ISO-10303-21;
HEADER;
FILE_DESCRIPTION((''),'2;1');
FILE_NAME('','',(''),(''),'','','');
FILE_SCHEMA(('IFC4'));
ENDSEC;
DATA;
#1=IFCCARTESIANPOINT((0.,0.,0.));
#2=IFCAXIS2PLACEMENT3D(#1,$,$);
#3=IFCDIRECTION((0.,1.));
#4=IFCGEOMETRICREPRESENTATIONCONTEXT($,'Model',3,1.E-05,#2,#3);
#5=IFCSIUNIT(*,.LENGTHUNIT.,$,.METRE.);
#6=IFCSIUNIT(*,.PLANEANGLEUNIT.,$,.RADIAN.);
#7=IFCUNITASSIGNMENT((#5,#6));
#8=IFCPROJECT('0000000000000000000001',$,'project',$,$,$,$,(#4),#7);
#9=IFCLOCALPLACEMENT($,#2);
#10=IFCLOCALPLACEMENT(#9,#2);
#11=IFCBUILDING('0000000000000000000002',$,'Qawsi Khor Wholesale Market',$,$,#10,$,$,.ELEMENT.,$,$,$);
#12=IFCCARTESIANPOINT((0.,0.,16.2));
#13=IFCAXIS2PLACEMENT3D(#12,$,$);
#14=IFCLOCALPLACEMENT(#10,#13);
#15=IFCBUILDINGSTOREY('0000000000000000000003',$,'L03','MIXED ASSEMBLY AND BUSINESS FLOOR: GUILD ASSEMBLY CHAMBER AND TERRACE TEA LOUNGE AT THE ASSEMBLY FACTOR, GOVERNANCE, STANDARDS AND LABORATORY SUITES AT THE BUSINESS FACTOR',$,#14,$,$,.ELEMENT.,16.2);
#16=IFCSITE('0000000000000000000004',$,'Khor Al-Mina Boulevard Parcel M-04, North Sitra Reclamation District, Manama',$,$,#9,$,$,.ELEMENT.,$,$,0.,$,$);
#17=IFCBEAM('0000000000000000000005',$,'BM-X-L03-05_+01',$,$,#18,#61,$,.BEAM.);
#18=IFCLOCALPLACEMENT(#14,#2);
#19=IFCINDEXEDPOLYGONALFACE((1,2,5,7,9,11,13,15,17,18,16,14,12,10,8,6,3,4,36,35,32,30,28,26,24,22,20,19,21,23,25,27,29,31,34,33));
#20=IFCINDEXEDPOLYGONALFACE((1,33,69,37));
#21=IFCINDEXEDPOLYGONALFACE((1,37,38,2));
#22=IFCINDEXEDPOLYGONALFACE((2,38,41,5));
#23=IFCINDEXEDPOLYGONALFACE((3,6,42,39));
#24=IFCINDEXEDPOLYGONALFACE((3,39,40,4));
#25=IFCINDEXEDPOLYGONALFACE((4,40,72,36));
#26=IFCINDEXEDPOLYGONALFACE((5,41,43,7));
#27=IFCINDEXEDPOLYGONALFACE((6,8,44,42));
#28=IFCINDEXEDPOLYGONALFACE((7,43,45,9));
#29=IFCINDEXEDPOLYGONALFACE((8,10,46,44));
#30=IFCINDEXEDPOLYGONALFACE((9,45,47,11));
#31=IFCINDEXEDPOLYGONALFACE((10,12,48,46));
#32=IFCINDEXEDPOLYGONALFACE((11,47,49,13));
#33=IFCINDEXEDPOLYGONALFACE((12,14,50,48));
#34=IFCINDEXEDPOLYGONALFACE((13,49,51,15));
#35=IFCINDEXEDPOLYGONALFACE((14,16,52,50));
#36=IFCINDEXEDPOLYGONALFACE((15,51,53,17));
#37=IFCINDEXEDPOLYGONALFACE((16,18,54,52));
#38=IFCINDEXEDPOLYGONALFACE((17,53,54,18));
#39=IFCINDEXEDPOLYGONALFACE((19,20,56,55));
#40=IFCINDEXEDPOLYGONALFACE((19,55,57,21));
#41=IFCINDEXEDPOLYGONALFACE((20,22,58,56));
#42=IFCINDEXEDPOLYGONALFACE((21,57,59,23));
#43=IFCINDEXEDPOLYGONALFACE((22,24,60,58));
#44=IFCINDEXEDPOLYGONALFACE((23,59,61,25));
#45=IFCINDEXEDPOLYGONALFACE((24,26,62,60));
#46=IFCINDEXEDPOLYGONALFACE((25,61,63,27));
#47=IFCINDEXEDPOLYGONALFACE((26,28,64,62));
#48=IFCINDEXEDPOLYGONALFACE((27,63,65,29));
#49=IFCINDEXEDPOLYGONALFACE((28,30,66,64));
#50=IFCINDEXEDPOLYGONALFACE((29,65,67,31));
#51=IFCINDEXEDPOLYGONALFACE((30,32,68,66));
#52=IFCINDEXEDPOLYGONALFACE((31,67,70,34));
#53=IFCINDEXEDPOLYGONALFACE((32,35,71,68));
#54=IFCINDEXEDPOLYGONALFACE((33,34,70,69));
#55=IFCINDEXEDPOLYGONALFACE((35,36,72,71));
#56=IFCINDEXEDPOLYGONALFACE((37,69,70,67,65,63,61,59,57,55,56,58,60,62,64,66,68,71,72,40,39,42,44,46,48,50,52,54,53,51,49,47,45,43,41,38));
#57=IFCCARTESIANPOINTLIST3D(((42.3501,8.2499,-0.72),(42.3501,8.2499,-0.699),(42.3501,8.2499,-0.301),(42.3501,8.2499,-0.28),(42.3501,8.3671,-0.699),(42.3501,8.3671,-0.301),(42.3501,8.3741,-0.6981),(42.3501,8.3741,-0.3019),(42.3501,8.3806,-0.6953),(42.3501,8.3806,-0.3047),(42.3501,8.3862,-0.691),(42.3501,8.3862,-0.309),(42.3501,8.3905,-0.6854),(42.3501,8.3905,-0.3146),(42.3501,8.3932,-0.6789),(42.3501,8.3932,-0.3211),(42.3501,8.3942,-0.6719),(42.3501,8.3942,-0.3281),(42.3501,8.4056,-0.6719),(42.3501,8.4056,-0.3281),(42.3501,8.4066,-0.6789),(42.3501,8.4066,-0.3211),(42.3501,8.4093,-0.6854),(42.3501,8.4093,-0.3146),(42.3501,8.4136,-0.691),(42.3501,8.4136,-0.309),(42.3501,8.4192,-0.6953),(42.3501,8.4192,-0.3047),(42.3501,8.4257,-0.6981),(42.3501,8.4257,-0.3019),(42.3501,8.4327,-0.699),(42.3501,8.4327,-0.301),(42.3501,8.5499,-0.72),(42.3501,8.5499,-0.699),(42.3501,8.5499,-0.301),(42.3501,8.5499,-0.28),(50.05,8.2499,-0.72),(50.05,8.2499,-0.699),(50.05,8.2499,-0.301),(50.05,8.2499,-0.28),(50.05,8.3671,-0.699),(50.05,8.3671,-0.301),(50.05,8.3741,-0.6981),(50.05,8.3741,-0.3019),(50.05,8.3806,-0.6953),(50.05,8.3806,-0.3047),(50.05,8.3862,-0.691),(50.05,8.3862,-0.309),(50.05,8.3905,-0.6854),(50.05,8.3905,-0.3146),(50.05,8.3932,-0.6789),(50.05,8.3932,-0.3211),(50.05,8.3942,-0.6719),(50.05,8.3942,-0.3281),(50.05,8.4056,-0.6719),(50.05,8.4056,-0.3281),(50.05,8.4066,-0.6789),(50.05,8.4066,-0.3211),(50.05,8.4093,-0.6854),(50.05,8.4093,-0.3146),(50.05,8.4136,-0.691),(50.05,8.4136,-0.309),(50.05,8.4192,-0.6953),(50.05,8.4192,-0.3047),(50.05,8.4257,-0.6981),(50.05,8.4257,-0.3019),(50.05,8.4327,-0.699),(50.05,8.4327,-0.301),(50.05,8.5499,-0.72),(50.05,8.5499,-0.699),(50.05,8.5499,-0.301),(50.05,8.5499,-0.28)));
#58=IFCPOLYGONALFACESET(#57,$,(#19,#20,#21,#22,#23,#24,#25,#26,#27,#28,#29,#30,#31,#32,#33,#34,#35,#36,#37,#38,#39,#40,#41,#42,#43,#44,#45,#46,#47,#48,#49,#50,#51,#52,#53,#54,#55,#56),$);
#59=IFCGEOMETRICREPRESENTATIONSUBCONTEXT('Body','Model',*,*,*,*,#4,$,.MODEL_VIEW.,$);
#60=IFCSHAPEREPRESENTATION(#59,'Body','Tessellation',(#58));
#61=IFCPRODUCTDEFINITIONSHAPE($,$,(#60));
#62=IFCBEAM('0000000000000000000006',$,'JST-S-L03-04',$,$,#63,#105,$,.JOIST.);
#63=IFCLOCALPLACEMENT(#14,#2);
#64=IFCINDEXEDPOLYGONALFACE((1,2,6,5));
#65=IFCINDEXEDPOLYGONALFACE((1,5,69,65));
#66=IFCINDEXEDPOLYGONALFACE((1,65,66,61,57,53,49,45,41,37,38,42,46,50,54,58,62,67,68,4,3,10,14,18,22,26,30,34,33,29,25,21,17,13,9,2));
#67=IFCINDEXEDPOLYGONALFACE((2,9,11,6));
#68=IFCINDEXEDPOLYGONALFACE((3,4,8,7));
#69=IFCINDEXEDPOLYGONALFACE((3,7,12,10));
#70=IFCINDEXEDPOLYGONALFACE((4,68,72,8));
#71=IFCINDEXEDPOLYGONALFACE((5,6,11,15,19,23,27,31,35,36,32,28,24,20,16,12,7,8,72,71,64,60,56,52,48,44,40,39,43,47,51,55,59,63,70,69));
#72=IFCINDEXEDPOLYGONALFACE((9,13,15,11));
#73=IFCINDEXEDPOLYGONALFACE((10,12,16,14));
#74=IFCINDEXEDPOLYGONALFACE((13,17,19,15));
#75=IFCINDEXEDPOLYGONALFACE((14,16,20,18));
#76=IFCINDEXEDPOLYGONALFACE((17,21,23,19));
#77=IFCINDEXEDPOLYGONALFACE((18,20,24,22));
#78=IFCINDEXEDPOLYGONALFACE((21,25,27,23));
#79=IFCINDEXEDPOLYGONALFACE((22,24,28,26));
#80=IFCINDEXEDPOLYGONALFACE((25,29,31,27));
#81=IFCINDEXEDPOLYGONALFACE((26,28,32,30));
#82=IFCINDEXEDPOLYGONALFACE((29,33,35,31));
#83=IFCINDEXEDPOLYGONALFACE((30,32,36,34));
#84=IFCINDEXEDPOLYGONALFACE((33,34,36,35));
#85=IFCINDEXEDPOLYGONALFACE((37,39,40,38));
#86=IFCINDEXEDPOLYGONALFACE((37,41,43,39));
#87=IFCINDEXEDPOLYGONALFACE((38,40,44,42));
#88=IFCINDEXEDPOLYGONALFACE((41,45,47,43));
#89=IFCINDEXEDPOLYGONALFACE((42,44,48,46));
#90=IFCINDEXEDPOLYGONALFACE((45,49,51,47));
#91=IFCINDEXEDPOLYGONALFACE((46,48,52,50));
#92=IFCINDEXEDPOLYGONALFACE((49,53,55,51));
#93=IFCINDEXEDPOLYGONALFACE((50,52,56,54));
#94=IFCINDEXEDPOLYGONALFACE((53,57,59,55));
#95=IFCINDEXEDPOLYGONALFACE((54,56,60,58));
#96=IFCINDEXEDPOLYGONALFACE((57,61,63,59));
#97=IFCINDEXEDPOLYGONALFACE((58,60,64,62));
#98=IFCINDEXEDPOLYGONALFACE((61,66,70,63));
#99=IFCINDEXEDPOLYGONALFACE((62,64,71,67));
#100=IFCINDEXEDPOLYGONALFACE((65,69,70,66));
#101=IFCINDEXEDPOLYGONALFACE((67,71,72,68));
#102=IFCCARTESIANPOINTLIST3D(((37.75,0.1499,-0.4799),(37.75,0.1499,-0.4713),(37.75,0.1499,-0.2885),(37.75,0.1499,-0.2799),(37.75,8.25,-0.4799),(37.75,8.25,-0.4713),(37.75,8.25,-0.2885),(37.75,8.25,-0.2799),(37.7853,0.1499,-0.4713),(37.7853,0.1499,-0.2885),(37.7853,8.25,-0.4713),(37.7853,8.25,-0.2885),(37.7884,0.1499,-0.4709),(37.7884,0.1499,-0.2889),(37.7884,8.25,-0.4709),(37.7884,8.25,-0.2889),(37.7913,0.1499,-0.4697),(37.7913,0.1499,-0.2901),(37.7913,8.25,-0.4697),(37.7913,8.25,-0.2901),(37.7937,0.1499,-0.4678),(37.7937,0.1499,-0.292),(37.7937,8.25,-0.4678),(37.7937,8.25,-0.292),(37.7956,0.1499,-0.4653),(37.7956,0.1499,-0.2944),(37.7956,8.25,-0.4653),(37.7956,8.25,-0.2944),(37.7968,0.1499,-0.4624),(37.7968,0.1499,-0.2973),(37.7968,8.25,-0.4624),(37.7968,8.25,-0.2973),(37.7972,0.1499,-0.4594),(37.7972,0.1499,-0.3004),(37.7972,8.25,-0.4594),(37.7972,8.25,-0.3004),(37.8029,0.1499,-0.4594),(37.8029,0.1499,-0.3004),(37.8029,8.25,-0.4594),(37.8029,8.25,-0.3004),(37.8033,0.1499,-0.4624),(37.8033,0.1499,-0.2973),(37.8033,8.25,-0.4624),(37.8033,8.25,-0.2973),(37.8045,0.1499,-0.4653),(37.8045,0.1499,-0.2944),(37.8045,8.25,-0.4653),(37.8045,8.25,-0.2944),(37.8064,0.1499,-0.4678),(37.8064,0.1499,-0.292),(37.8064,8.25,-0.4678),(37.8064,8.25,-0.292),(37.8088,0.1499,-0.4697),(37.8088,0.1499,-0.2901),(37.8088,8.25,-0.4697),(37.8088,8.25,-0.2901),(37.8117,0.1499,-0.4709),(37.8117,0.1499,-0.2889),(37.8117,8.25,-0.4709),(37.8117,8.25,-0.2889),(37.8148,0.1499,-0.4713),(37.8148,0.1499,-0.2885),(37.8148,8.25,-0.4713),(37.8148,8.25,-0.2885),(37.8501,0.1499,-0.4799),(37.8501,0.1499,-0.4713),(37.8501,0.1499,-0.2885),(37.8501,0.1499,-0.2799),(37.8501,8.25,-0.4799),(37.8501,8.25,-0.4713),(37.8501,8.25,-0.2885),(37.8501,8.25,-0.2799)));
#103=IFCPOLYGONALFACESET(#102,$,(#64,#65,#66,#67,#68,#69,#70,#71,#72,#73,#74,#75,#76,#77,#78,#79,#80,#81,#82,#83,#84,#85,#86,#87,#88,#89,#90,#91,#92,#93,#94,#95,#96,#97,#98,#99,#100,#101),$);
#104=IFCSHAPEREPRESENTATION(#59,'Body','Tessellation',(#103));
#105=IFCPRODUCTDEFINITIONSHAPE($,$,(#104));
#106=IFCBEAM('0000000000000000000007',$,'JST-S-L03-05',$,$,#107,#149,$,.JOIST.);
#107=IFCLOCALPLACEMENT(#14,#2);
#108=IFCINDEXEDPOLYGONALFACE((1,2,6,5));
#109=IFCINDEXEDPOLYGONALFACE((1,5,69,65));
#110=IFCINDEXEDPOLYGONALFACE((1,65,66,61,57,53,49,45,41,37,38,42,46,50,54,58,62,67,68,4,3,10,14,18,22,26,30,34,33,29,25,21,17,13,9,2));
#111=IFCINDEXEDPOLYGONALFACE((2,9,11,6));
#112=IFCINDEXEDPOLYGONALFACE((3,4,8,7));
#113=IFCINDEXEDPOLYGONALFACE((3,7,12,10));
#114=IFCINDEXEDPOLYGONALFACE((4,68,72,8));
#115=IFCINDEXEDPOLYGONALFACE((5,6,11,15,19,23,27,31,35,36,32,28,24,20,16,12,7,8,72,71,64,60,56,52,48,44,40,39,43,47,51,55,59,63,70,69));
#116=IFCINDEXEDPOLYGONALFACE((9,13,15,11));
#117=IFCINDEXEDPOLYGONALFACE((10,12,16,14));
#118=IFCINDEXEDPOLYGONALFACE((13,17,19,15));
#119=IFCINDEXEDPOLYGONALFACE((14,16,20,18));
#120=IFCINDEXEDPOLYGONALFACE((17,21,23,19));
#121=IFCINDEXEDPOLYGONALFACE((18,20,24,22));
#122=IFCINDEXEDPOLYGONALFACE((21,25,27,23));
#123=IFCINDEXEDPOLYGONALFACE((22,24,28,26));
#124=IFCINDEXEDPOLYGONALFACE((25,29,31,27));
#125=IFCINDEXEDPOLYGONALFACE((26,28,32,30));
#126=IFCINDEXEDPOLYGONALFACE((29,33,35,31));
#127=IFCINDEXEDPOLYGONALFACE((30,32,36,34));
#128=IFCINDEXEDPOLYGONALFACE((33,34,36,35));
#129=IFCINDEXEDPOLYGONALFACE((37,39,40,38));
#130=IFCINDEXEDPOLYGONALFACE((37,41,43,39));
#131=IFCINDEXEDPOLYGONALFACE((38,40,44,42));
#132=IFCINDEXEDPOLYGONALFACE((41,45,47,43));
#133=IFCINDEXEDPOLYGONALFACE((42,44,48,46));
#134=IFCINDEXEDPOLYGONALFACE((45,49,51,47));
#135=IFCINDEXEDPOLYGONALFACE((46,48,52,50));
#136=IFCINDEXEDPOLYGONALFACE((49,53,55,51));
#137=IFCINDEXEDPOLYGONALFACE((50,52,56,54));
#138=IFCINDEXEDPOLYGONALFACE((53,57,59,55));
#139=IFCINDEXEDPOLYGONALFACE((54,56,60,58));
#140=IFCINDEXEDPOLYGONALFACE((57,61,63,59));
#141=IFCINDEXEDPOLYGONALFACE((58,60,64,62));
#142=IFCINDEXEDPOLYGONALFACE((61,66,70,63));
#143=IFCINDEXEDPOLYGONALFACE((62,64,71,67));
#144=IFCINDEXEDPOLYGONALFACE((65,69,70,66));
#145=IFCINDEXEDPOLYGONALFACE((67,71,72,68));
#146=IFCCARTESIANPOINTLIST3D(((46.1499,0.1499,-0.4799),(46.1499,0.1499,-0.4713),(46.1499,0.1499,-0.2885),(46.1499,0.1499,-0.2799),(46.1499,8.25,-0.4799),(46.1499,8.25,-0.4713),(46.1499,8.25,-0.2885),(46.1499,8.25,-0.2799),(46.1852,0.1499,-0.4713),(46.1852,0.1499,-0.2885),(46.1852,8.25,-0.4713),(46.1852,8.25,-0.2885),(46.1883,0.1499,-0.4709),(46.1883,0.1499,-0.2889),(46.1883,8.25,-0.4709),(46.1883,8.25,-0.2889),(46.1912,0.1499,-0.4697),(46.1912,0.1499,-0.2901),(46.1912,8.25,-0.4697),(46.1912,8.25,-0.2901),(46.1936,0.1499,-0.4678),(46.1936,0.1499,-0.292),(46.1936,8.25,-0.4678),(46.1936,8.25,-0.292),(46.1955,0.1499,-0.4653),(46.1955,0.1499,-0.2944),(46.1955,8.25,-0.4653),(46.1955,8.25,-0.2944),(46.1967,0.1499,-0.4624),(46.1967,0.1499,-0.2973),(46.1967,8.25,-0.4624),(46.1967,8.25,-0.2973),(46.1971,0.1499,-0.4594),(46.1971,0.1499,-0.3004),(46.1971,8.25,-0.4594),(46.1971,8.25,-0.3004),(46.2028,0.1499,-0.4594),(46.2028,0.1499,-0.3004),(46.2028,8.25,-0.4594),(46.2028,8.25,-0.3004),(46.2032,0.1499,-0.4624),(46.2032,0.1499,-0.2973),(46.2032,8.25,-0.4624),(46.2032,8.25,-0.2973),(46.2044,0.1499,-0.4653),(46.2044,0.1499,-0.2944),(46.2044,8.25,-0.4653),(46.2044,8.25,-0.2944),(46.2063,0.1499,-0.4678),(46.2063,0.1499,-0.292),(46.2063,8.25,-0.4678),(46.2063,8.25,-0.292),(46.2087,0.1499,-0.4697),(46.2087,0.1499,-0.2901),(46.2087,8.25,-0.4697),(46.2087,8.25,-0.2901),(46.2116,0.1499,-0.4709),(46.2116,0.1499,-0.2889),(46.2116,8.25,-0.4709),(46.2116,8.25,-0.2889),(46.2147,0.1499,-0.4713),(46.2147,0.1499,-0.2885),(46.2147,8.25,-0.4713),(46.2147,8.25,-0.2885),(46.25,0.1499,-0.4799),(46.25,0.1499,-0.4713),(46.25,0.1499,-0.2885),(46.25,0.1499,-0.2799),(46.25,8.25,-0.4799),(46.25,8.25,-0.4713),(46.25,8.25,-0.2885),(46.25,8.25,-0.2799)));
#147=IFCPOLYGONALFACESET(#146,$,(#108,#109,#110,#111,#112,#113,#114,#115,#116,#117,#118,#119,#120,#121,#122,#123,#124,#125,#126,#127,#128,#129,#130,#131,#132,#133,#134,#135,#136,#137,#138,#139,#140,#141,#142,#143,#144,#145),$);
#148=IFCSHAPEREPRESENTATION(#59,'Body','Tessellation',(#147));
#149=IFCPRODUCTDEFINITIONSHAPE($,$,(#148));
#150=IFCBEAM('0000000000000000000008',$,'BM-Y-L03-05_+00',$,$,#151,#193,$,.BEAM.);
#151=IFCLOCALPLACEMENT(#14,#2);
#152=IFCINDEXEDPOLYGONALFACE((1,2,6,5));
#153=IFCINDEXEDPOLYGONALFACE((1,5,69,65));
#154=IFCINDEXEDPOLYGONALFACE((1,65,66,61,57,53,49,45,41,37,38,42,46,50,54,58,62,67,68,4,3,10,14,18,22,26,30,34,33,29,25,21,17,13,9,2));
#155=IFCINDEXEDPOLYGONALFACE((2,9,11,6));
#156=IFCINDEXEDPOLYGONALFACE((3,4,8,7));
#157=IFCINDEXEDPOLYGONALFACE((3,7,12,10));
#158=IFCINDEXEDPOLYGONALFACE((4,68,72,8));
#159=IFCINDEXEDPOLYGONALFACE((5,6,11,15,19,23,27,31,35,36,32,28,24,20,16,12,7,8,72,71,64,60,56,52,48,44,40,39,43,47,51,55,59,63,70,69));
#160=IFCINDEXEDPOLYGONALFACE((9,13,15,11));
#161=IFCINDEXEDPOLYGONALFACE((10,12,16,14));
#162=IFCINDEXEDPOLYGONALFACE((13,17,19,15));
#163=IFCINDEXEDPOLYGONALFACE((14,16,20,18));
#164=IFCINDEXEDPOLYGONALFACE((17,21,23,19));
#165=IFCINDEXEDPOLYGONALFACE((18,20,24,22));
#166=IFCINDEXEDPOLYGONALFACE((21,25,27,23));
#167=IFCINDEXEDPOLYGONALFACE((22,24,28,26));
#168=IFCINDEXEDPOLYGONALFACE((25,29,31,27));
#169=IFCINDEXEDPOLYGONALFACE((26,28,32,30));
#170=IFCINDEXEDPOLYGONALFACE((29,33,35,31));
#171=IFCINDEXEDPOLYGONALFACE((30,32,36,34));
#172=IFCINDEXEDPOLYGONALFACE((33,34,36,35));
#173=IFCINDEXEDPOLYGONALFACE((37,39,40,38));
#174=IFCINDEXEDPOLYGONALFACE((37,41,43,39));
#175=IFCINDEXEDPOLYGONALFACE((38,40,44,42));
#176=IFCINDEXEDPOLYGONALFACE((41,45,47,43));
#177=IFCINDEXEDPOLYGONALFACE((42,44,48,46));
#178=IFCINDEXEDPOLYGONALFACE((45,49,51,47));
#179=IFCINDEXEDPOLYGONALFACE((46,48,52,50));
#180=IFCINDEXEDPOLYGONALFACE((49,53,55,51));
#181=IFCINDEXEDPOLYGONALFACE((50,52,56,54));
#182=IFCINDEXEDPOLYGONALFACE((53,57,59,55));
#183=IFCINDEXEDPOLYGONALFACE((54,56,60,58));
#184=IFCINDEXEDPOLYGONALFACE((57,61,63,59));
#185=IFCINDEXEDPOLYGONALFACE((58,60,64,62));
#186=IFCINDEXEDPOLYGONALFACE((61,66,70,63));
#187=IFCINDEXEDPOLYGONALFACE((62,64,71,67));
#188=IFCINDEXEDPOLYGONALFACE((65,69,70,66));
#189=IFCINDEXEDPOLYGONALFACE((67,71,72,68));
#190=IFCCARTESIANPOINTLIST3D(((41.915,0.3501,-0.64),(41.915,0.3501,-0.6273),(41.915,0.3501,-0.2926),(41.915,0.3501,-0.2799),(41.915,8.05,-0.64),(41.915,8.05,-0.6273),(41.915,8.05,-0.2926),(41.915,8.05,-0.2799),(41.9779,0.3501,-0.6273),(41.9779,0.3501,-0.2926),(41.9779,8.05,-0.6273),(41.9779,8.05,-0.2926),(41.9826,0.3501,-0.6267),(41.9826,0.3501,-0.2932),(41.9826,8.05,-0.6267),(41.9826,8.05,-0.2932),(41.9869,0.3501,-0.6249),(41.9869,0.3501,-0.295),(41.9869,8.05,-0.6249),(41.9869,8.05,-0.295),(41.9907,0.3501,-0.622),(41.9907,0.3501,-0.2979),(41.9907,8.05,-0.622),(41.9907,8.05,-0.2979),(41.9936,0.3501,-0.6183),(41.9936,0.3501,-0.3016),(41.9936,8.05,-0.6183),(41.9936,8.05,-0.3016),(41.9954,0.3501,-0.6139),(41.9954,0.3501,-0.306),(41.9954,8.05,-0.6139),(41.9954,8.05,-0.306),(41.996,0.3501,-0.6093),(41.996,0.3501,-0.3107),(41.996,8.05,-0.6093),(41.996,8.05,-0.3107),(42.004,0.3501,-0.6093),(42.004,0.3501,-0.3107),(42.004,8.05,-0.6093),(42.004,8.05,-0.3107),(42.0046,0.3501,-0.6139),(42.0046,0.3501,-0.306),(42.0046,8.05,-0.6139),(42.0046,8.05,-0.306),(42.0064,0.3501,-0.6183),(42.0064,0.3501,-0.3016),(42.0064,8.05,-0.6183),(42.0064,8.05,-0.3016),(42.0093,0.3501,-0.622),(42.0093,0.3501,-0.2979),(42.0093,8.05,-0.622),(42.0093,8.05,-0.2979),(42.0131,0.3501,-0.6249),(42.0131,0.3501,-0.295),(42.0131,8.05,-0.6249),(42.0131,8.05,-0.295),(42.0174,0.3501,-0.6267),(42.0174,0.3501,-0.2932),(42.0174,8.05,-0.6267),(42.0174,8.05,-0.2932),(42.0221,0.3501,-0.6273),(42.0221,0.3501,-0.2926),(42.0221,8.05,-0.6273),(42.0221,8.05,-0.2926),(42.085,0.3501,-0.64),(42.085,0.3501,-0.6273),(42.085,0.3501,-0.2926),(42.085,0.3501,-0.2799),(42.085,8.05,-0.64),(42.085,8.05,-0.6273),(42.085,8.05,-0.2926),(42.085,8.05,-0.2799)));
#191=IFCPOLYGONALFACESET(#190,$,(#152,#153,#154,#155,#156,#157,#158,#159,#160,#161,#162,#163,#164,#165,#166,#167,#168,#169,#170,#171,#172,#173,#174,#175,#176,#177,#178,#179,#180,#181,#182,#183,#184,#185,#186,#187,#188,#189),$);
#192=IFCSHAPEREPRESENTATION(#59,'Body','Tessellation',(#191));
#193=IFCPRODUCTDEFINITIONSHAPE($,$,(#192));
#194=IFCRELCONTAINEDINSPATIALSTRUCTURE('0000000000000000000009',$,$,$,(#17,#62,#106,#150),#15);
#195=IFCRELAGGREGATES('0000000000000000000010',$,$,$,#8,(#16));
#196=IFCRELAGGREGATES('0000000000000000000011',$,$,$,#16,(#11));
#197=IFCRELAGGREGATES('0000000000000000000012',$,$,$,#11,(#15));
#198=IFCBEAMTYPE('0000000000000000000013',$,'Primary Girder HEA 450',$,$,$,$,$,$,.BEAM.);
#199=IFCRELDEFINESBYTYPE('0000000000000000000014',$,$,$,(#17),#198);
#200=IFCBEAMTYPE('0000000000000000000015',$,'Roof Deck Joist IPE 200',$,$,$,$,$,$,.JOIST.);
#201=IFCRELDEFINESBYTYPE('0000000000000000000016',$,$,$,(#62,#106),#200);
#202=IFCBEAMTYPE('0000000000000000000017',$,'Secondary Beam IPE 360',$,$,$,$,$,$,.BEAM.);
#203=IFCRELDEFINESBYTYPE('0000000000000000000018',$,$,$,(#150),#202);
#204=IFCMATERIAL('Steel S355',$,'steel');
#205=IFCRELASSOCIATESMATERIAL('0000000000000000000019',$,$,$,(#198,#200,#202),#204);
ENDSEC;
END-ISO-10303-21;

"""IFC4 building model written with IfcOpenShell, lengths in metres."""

from ifc_helpers import new_model, si_unit, direction, frame, origin, origin_2d, place, context, subcontext, project, spatial, i_section, extrude, material, material_profile, profile_set, type_object, element, save


model = new_model("IFC4")

# Units and contexts
model_context = context("Model", 3, precision=1e-05, world=origin(), true_north=direction((0.0, 1.0)))
body_context = subcontext(model_context, "Body", "Model", "MODEL_VIEW")
ifc_project = project(units=[si_unit("LENGTHUNIT", "METRE"), si_unit("PLANEANGLEUNIT", "RADIAN")], contexts=[model_context])

# Site, building, storey
site_placement = place(None, origin())
site = spatial("IfcSite", under=ifc_project, at=site_placement, Name="Khor Al-Mina Boulevard Parcel M-04, North Sitra Reclamation District, Manama", CompositionType="ELEMENT", RefElevation=0.0)
building_placement = place(site_placement, origin())
building = spatial("IfcBuilding", under=site, at=building_placement, Name="Qawsi Khor Wholesale Market", CompositionType="ELEMENT")
storey_placement = place(building_placement, frame((0.0, 0.0, 16.2)))
storey = spatial("IfcBuildingStorey", under=building, at=storey_placement, Name="L03", Description="MIXED ASSEMBLY AND BUSINESS FLOOR: GUILD ASSEMBLY CHAMBER AND TERRACE TEA LOUNGE AT THE ASSEMBLY FACTOR, GOVERNANCE, STANDARDS AND LABORATORY SUITES AT THE BUSINESS FACTOR", CompositionType="ELEMENT", Elevation=16.2)

# Beams
ifc_material_1 = material(Name="Steel S355", Category="steel")
ifc_material_profile_1 = material_profile(ifc_material_1, i_section(OverallWidth=0.3, OverallDepth=0.4399, WebThickness=0.0115, FlangeThickness=0.021, FilletRadius=0.0271, at=origin_2d()), Name="HEA 450")
ifc_profile_set_1 = profile_set([ifc_material_profile_1], Name="Steel S355")
beam_type_1 = type_object("IfcBeamType", Name="Primary Girder HEA 450", PredefinedType="BEAM", material=ifc_profile_set_1)
for number, where, z_axis, x_axis, name in (
    (1, (42.3501, 8.3999, -0.5), (1.0, 0.0, 0.0), (0.0, 1.0, 0.0), "BM-X-L03-05_+01"),
):
    element("IfcBeam", number, at=place(storey_placement, frame(where, z_axis=z_axis, x_axis=x_axis)), inside=storey, type_object=beam_type_1, Name=name, PredefinedType="BEAM", context=body_context, shape_type="SweptSolid", body=[
        extrude(i_section(OverallWidth=0.3, OverallDepth=0.4399, WebThickness=0.0115, FlangeThickness=0.021, FilletRadius=0.0271, at=origin_2d()), origin(), (0.0, 0.0, 1.0), 7.7),
    ])
ifc_material_profile_2 = material_profile(ifc_material_1, i_section(OverallWidth=0.1001, OverallDepth=0.2, WebThickness=0.0056, FlangeThickness=0.0085, FilletRadius=0.012, at=origin_2d()), Name="IPE 200")
ifc_profile_set_2 = profile_set([ifc_material_profile_2], Name="Steel S355")
beam_type_2 = type_object("IfcBeamType", Name="Roof Deck Joist IPE 200", PredefinedType="JOIST", material=ifc_profile_set_2)
for number, where, z_axis, x_axis, name in (
    (2, (37.8, 0.1499, -0.3799), (0.0, 1.0, 0.0), (-1.0, 0.0, 0.0), "JST-S-L03-04"),
    (3, (46.2, 0.1499, -0.3799), (0.0, 1.0, 0.0), (-1.0, 0.0, 0.0), "JST-S-L03-05"),
):
    element("IfcBeam", number, at=place(storey_placement, frame(where, z_axis=z_axis, x_axis=x_axis)), inside=storey, type_object=beam_type_2, Name=name, PredefinedType="JOIST", context=body_context, shape_type="SweptSolid", body=[
        extrude(i_section(OverallWidth=0.1001, OverallDepth=0.2, WebThickness=0.0056, FlangeThickness=0.0085, FilletRadius=0.012, at=origin_2d()), origin(), (0.0, 0.0, 1.0), 8.1001),
    ])
ifc_material_profile_3 = material_profile(ifc_material_1, i_section(OverallWidth=0.1699, OverallDepth=0.3601, WebThickness=0.0081, FlangeThickness=0.0127, FilletRadius=0.0181, at=origin_2d()), Name="IPE 360")
ifc_profile_set_3 = profile_set([ifc_material_profile_3], Name="Steel S355")
beam_type_3 = type_object("IfcBeamType", Name="Secondary Beam IPE 360", PredefinedType="BEAM", material=ifc_profile_set_3)
for number, where, z_axis, x_axis, name in (
    (4, (42.0, 0.3501, -0.46), (0.0, 1.0, 0.0), (-1.0, 0.0, 0.0), "BM-Y-L03-05_+00"),
):
    element("IfcBeam", number, at=place(storey_placement, frame(where, z_axis=z_axis, x_axis=x_axis)), inside=storey, type_object=beam_type_3, Name=name, PredefinedType="BEAM", context=body_context, shape_type="SweptSolid", body=[
        extrude(i_section(OverallWidth=0.1699, OverallDepth=0.3601, WebThickness=0.0081, FlangeThickness=0.0127, FilletRadius=0.0181, at=origin_2d()), origin(), (0.0, 0.0, 1.0), 7.7),
    ])

save(model, "model.ifc")
